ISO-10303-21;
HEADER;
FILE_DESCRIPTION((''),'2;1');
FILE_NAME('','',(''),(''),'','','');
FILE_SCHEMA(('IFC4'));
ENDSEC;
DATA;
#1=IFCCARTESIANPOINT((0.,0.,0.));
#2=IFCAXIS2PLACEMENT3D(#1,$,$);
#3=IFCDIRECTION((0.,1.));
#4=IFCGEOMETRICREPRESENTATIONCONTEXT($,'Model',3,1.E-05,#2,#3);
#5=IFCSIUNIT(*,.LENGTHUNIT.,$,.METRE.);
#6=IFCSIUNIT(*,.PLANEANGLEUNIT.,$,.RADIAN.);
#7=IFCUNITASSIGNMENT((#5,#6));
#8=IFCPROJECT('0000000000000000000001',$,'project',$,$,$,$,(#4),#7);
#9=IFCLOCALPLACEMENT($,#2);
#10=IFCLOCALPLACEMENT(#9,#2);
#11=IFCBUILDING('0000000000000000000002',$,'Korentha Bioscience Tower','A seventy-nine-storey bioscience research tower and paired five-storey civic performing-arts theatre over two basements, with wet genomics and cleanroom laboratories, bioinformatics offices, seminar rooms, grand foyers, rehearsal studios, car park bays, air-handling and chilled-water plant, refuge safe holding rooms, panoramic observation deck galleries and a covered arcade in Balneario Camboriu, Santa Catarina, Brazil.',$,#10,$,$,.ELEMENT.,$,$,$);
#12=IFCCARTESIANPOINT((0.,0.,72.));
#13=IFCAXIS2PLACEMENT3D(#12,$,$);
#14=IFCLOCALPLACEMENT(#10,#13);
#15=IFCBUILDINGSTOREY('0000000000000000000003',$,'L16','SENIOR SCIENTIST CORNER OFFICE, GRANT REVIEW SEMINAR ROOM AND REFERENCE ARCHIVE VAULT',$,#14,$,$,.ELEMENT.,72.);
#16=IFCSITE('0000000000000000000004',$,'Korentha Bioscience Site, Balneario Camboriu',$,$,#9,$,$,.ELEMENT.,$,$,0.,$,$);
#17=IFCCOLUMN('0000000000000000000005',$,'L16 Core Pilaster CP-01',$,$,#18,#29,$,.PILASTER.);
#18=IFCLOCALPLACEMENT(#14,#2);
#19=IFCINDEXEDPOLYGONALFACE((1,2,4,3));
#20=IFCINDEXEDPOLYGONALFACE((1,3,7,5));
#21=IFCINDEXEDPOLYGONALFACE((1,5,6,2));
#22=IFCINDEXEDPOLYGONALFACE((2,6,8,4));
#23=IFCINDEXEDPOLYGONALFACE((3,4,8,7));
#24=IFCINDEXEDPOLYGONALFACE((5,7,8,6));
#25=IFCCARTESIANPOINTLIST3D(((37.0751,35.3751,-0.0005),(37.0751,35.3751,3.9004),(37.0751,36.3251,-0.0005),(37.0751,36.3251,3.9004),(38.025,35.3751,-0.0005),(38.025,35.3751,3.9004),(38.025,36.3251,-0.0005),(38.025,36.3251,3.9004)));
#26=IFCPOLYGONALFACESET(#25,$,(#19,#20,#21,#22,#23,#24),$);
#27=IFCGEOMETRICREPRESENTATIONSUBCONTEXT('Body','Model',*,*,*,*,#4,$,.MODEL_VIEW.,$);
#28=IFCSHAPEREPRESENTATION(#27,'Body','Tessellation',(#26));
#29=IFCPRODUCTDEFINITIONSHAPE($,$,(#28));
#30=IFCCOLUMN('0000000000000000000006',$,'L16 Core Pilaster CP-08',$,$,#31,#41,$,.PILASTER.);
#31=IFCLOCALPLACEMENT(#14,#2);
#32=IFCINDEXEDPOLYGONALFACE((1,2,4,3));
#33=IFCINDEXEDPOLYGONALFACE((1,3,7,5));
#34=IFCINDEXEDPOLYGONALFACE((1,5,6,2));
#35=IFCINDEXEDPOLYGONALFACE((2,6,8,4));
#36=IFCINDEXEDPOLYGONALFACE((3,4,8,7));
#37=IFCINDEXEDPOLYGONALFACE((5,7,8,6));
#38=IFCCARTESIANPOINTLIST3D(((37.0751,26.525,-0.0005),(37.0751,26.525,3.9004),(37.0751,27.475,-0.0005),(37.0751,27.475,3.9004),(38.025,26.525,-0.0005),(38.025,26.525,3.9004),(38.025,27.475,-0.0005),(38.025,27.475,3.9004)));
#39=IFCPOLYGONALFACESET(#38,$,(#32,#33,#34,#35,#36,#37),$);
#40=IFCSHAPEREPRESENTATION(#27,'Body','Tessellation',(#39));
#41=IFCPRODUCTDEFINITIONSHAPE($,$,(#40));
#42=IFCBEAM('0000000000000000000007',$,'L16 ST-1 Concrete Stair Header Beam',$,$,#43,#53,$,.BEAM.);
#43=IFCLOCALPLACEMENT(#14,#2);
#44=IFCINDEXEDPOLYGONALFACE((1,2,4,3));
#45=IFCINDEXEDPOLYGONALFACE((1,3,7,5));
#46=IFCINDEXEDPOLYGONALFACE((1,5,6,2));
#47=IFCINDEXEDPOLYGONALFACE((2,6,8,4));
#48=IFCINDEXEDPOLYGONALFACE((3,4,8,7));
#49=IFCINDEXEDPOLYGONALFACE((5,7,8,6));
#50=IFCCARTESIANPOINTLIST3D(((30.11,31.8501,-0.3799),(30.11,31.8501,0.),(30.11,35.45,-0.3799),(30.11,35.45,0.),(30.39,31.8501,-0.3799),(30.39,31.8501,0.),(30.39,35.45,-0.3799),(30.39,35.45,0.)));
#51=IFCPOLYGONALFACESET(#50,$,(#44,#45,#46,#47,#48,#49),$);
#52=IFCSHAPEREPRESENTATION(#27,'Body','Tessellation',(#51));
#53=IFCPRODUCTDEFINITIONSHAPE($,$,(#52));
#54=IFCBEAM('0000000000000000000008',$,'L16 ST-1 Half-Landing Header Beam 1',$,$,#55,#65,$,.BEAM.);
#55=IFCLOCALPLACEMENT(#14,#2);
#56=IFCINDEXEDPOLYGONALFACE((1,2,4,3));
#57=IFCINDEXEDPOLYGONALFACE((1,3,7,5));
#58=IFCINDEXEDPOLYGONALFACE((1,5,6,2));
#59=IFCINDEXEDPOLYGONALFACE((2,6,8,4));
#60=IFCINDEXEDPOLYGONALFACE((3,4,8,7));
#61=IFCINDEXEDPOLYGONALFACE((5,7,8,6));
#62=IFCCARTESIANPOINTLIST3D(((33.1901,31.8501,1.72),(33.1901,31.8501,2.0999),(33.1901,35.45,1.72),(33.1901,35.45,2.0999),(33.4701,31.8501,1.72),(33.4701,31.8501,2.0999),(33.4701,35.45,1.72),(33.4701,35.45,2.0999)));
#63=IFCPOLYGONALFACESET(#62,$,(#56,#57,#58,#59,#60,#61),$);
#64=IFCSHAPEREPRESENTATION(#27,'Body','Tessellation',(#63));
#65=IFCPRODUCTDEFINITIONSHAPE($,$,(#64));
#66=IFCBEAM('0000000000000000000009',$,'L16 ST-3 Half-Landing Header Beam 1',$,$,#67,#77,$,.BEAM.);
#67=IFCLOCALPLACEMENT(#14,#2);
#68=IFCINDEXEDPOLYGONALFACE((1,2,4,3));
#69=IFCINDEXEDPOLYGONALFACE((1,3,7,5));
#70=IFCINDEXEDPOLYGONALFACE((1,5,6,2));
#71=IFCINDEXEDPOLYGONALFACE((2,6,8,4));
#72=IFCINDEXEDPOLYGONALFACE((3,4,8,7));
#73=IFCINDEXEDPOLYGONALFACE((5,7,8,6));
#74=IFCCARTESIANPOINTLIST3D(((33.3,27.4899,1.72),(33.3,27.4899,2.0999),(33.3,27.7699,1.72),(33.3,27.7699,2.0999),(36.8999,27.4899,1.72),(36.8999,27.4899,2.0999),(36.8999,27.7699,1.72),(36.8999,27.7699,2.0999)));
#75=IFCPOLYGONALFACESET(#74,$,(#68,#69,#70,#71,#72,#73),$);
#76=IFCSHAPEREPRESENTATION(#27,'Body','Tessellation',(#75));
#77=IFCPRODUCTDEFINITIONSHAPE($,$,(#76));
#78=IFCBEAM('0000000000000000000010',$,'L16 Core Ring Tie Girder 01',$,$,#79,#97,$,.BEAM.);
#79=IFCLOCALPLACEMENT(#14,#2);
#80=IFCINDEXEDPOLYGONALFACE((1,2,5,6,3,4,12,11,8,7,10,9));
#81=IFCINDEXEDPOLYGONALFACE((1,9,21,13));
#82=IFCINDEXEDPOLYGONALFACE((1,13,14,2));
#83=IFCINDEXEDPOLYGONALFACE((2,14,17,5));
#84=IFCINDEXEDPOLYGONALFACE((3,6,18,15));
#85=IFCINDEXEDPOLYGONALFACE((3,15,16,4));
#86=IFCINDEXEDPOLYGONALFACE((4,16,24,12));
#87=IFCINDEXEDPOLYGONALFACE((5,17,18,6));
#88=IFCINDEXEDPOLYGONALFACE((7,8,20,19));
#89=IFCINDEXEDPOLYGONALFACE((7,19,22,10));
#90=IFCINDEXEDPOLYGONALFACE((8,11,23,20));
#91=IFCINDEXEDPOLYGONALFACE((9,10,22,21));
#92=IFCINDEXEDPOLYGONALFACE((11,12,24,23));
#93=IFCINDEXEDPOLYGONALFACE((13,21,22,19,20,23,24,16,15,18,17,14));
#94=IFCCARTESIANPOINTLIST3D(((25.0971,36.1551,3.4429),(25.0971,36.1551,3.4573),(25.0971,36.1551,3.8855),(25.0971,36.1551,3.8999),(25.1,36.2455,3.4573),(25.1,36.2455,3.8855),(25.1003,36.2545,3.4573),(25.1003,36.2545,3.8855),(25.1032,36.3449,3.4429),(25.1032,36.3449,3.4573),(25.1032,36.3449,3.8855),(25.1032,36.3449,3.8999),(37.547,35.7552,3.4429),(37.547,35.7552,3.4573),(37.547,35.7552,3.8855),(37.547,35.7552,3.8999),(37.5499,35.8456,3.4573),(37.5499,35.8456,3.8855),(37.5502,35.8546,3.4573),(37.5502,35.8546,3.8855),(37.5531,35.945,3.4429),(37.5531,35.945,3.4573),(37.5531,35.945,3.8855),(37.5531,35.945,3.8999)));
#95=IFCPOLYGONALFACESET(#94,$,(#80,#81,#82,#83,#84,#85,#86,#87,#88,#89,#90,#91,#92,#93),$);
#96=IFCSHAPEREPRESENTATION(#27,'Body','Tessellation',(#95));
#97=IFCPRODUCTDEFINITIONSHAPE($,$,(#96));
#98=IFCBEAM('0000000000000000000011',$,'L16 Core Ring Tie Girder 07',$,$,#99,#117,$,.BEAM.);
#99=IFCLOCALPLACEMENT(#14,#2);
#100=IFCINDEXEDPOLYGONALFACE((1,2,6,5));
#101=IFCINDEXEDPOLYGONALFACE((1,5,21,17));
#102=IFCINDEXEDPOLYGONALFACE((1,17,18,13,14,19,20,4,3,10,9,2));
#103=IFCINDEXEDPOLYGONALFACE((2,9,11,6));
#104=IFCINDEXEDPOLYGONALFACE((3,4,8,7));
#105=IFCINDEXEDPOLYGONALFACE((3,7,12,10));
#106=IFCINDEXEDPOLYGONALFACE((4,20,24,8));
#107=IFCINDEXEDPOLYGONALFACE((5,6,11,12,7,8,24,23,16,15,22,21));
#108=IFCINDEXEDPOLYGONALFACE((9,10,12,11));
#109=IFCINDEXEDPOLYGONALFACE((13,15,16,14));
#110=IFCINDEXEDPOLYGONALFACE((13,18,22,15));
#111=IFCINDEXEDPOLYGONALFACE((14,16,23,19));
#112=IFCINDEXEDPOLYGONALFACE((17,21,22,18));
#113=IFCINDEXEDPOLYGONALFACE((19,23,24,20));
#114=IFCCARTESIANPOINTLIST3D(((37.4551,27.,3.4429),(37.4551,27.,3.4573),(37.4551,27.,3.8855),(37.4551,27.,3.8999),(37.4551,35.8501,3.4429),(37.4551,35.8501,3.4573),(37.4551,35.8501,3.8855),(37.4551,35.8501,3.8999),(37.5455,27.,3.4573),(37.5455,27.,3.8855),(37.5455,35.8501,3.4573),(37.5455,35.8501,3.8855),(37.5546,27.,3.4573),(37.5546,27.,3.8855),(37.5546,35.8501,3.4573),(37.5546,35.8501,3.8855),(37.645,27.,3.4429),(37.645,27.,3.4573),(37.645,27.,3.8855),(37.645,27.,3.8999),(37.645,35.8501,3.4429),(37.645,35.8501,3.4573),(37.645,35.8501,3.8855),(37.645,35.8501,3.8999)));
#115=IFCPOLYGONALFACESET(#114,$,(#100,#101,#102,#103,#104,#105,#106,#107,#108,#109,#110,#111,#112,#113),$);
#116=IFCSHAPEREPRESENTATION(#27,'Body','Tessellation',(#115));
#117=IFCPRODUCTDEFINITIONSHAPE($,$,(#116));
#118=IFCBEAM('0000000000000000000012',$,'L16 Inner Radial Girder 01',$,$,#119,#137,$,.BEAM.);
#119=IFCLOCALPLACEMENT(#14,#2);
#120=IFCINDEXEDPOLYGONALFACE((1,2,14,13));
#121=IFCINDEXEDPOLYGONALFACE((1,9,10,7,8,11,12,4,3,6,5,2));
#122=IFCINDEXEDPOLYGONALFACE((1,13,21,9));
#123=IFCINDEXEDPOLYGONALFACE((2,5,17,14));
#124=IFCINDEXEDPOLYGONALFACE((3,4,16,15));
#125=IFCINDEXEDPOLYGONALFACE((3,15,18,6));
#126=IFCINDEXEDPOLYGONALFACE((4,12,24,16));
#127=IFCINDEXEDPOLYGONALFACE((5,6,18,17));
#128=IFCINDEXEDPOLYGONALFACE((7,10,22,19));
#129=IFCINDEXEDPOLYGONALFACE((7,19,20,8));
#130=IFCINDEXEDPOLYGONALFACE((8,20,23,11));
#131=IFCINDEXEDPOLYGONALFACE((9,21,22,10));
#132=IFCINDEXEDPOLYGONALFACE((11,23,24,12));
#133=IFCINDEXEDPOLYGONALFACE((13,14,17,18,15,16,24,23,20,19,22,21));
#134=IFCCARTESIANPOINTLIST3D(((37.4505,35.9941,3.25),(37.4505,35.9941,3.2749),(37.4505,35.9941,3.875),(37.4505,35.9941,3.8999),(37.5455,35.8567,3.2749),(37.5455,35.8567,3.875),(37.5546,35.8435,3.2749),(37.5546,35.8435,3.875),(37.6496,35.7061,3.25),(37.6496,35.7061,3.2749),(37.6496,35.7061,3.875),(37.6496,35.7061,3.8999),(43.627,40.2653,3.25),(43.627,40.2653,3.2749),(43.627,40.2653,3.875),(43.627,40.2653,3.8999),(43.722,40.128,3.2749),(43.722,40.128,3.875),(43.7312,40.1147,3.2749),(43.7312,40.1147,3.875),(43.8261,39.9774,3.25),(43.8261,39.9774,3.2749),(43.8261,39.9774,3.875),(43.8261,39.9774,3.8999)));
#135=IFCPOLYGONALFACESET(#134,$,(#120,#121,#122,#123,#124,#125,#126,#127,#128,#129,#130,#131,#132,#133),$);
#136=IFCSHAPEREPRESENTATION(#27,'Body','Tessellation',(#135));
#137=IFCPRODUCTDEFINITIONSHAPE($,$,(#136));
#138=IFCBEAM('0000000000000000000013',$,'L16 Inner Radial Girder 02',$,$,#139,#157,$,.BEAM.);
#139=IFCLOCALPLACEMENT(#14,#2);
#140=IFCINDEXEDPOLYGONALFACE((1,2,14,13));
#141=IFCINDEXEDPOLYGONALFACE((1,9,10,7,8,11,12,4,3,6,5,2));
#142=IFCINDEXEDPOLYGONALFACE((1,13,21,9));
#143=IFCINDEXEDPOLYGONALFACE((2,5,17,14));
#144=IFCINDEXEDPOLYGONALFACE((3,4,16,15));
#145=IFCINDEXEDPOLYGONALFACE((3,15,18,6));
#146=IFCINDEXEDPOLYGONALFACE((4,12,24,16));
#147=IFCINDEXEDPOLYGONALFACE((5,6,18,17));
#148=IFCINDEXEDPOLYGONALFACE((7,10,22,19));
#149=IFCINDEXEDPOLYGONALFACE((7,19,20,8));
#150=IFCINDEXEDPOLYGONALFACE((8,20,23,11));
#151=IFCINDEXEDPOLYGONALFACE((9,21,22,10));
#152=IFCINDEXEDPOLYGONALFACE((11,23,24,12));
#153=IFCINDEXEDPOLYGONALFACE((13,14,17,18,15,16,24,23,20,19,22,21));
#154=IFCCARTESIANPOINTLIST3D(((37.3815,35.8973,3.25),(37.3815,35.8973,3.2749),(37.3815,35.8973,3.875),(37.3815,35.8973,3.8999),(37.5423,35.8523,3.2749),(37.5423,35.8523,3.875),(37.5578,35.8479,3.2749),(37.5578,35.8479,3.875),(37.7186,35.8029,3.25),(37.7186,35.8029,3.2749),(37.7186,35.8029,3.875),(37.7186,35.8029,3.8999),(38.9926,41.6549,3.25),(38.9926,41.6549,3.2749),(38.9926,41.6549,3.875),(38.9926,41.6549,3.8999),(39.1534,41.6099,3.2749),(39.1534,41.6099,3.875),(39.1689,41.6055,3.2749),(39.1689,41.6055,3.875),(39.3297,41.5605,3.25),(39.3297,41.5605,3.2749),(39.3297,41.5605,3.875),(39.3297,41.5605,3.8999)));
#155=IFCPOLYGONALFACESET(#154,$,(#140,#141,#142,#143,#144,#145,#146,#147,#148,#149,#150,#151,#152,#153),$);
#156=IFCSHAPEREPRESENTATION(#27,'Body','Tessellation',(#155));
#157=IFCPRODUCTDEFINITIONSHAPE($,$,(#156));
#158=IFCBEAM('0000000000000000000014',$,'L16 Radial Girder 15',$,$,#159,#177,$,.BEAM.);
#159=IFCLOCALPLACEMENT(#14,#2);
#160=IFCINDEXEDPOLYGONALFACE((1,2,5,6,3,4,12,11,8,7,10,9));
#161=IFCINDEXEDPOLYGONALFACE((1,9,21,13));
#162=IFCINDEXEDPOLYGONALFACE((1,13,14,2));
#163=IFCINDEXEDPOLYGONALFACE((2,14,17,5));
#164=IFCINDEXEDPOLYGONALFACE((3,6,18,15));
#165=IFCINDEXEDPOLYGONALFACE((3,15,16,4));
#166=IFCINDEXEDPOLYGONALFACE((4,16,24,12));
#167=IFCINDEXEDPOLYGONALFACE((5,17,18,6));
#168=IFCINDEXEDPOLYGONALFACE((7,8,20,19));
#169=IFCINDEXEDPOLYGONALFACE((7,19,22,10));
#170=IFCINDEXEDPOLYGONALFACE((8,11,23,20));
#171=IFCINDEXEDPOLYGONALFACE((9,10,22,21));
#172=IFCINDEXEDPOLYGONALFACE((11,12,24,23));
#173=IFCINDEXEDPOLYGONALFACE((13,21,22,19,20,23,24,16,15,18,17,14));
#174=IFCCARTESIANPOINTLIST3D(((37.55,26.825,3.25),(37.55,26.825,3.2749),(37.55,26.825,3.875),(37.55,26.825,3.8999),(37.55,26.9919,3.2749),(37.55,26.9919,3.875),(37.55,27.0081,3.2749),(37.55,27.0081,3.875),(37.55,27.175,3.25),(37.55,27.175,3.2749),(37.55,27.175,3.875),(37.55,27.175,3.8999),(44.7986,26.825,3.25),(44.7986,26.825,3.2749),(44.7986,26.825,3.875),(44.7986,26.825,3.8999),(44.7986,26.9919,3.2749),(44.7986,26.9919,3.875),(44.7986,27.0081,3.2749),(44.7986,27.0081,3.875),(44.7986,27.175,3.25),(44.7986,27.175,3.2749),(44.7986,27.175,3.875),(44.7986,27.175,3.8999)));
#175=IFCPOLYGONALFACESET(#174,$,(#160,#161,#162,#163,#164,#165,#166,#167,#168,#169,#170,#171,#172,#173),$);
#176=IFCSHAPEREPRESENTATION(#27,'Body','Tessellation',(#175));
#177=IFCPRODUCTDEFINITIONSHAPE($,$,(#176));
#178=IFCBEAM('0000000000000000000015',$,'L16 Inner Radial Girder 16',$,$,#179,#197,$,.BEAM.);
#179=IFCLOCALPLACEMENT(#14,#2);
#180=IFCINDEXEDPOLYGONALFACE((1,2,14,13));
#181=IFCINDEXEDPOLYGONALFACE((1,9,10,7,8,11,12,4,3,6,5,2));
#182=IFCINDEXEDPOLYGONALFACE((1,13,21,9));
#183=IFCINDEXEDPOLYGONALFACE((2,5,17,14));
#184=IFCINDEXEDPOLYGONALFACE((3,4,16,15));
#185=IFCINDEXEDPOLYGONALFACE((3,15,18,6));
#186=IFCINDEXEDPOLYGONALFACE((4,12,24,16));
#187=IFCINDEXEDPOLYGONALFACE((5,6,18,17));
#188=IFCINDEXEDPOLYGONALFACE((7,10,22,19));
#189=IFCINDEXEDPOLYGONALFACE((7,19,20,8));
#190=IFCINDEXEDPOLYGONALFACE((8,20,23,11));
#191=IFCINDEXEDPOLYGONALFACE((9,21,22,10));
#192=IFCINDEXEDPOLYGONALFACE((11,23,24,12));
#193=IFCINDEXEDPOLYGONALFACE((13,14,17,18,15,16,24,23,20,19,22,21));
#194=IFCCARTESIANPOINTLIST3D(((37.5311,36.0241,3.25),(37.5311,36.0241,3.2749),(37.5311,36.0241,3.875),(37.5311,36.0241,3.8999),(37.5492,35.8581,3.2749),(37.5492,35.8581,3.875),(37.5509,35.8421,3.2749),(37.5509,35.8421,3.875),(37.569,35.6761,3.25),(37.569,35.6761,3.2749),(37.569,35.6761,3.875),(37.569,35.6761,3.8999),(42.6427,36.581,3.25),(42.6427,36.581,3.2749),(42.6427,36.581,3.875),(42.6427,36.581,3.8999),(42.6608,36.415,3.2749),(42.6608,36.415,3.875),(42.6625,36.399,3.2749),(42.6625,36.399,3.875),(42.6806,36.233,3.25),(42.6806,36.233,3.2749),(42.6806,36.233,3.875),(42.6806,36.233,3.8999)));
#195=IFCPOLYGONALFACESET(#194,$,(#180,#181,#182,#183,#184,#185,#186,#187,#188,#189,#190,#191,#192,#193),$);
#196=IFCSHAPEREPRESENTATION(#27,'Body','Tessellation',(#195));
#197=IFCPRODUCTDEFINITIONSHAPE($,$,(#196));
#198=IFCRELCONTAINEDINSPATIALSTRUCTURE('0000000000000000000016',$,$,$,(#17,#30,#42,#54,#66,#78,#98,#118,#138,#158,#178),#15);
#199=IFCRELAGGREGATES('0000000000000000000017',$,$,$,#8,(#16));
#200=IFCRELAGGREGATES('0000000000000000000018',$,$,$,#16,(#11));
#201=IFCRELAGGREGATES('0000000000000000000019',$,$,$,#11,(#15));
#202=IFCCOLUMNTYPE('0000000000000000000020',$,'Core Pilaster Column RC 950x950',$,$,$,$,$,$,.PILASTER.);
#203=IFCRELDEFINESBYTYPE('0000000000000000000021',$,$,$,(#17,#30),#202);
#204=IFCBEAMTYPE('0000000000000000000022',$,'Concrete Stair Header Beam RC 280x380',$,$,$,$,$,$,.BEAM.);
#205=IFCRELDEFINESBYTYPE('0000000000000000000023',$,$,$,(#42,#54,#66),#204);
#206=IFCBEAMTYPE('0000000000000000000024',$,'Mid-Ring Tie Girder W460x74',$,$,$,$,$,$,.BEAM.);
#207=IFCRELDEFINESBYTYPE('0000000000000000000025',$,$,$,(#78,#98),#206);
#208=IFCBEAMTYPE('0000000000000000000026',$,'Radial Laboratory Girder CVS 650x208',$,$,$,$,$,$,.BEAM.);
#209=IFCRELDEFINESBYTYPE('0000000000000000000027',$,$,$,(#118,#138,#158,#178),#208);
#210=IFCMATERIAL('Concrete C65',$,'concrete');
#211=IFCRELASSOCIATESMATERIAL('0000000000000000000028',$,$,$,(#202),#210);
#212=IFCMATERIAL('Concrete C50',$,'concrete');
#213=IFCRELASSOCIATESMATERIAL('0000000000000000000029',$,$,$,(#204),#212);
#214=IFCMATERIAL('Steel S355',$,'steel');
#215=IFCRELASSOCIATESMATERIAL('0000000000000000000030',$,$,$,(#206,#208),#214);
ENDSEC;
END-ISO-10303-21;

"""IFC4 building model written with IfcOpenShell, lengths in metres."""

from ifc_helpers import new_model, si_unit, direction, frame, origin, origin_2d, place, context, subcontext, project, spatial, rectangle, i_section, extrude, material, material_profile, profile_set, type_object, element, save


model = new_model("IFC4")

# Units and contexts
model_context = context("Model", 3, precision=1e-05, world=origin(), true_north=direction((0.0, 1.0)))
body_context = subcontext(model_context, "Body", "Model", "MODEL_VIEW")
ifc_project = project(units=[si_unit("LENGTHUNIT", "METRE"), si_unit("PLANEANGLEUNIT", "RADIAN")], contexts=[model_context])

# Site, building, storey
site_placement = place(None, origin())
site = spatial("IfcSite", under=ifc_project, at=site_placement, Name="Korentha Bioscience Site, Balneario Camboriu", CompositionType="ELEMENT", RefElevation=0.0)
building_placement = place(site_placement, origin())
building = spatial("IfcBuilding", under=site, at=building_placement, Name="Korentha Bioscience Tower", Description="A seventy-nine-storey bioscience research tower and paired five-storey civic performing-arts theatre over two basements, with wet genomics and cleanroom laboratories, bioinformatics offices, seminar rooms, grand foyers, rehearsal studios, car park bays, air-handling and chilled-water plant, refuge safe holding rooms, panoramic observation deck galleries and a covered arcade in Balneario Camboriu, Santa Catarina, Brazil.", CompositionType="ELEMENT")
storey_placement = place(building_placement, frame((0.0, 0.0, 72.0)))
storey = spatial("IfcBuildingStorey", under=building, at=storey_placement, Name="L16", Description="SENIOR SCIENTIST CORNER OFFICE, GRANT REVIEW SEMINAR ROOM AND REFERENCE ARCHIVE VAULT", CompositionType="ELEMENT", Elevation=72.0)

# Columns
ifc_material_1 = material(Name="Concrete C65", Category="concrete")
ifc_material_profile_1 = material_profile(ifc_material_1, rectangle(XDim=0.95, YDim=0.95, at=origin_2d()), Name="Concrete C65")
ifc_profile_set_1 = profile_set([ifc_material_profile_1], Name="Concrete C65 (COL-CP09)")
column_type = type_object("IfcColumnType", Name="Core Pilaster Column RC 950x950", PredefinedType="PILASTER", material=ifc_profile_set_1)
for number, where, z_axis, x_axis, name in (
    (1, (37.55, 35.8501, -0.0005), (0.0, 0.0, 1.0), (1.0, 0.0, 0.0), "L16 Core Pilaster CP-01"),
    (2, (37.55, 27.0, -0.0005), (0.0, 0.0, 1.0), (1.0, 0.0, 0.0), "L16 Core Pilaster CP-08"),
):
    element("IfcColumn", number, at=place(storey_placement, frame(where, z_axis=z_axis, x_axis=x_axis)), inside=storey, type_object=column_type, Name=name, PredefinedType="PILASTER", context=body_context, shape_type="SweptSolid", body=[
        extrude(rectangle(XDim=0.95, YDim=0.95, at=origin_2d()), origin(), (0.0, 0.0, 1.0), 3.9009),
    ])

# Beams
ifc_material_2 = material(Name="Concrete C50", Category="concrete")
ifc_material_profile_2 = material_profile(ifc_material_2, rectangle(XDim=0.28, YDim=0.3799, at=origin_2d()), Name="Concrete C50")
ifc_profile_set_2 = profile_set([ifc_material_profile_2], Name="Concrete C50 (ST-HB380)")
beam_type_1 = type_object("IfcBeamType", Name="Concrete Stair Header Beam RC 280x380", PredefinedType="BEAM", material=ifc_profile_set_2)
for number, where, z_axis, x_axis, name in (
    (3, (30.25, 31.8501, -0.1899), (0.0, 1.0, 0.0), (-1.0, 0.0, 0.0), "L16 ST-1 Concrete Stair Header Beam"),
    (4, (33.3301, 31.8501, 1.9099), (0.0, 1.0, 0.0), (-1.0, 0.0, 0.0), "L16 ST-1 Half-Landing Header Beam 1"),
    (5, (36.8999, 27.6299, 1.9099), (-1.0, 0.0, 0.0), (0.0, -1.0, 0.0), "L16 ST-3 Half-Landing Header Beam 1"),
):
    element("IfcBeam", number, at=place(storey_placement, frame(where, z_axis=z_axis, x_axis=x_axis)), inside=storey, type_object=beam_type_1, Name=name, PredefinedType="BEAM", context=body_context, shape_type="SweptSolid", body=[
        extrude(rectangle(XDim=0.28, YDim=0.3799, at=origin_2d()), origin(), (0.0, 0.0, 1.0), 3.5999),
    ])
ifc_material_3 = material(Name="Steel S355", Category="steel")
ifc_material_profile_3 = material_profile(ifc_material_3, i_section(OverallWidth=0.1899, OverallDepth=0.457, WebThickness=0.009, FlangeThickness=0.0144, at=origin_2d()), Name="Steel S355")
ifc_profile_set_3 = profile_set([ifc_material_profile_3], Name="Steel S355 (MB-460)")
beam_type_2 = type_object("IfcBeamType", Name="Mid-Ring Tie Girder W460x74", PredefinedType="BEAM", material=ifc_profile_set_3)
beam_1_placement = place(storey_placement, frame((37.55, 35.8501, 3.6714), z_axis=(-0.999485, 0.032104, 0.0), x_axis=(-0.032104, -0.999485, 0.0)))
element("IfcBeam", 6, at=beam_1_placement, inside=storey, type_object=beam_type_2, Name="L16 Core Ring Tie Girder 01", PredefinedType="BEAM", context=body_context, shape_type="SweptSolid", body=[
    extrude(i_section(OverallWidth=0.1899, OverallDepth=0.457, WebThickness=0.009, FlangeThickness=0.0144, at=origin_2d()), origin(), (0.0, 0.0, 1.0), 12.4563),
])
beam_2_placement = place(storey_placement, frame((37.55, 27.0, 3.6714), z_axis=(0.0, 1.0, 0.0), x_axis=(-1.0, 0.0, 0.0)))
element("IfcBeam", 7, at=beam_2_placement, inside=storey, type_object=beam_type_2, Name="L16 Core Ring Tie Girder 07", PredefinedType="BEAM", context=body_context, shape_type="SweptSolid", body=[
    extrude(i_section(OverallWidth=0.1899, OverallDepth=0.457, WebThickness=0.009, FlangeThickness=0.0144, at=origin_2d()), origin(), (0.0, 0.0, 1.0), 8.8501),
])
ifc_material_profile_4 = material_profile(ifc_material_3, i_section(OverallWidth=0.3501, OverallDepth=0.6499, WebThickness=0.0161, FlangeThickness=0.0249, at=origin_2d()), Name="Steel S355")
ifc_profile_set_4 = profile_set([ifc_material_profile_4], Name="Steel S355 (RB-650)")
beam_type_3 = type_object("IfcBeamType", Name="Radial Laboratory Girder CVS 650x208", PredefinedType="BEAM", material=ifc_profile_set_4)
beam_3_placement = place(storey_placement, frame((37.55, 35.8501, 3.575), z_axis=(0.822492, 0.568777, 0.0), x_axis=(-0.568777, 0.822492, 0.0)))
element("IfcBeam", 8, at=beam_3_placement, inside=storey, type_object=beam_type_3, Name="L16 Inner Radial Girder 01", PredefinedType="BEAM", context=body_context, shape_type="SweptSolid", body=[
    extrude(i_section(OverallWidth=0.3501, OverallDepth=0.6499, WebThickness=0.0161, FlangeThickness=0.0249, at=origin_2d()), origin(), (0.0, 0.0, 1.0), 7.5095),
])
beam_4_placement = place(storey_placement, frame((37.55, 35.8501, 3.575), z_axis=(0.269469, 0.963009, 0.0), x_axis=(-0.963009, 0.269469, 0.0)))
element("IfcBeam", 9, at=beam_4_placement, inside=storey, type_object=beam_type_3, Name="L16 Inner Radial Girder 02", PredefinedType="BEAM", context=body_context, shape_type="SweptSolid", body=[
    extrude(i_section(OverallWidth=0.3501, OverallDepth=0.6499, WebThickness=0.0161, FlangeThickness=0.0249, at=origin_2d()), origin(), (0.0, 0.0, 1.0), 5.9788),
])
beam_5_placement = place(storey_placement, frame((37.55, 27.0, 3.575), z_axis=(1.0, 0.0, 0.0), x_axis=(0.0, 1.0, 0.0)))
element("IfcBeam", 10, at=beam_5_placement, inside=storey, type_object=beam_type_3, Name="L16 Radial Girder 15", PredefinedType="BEAM", context=body_context, shape_type="SweptSolid", body=[
    extrude(i_section(OverallWidth=0.3501, OverallDepth=0.6499, WebThickness=0.0161, FlangeThickness=0.0249, at=origin_2d()), origin(), (0.0, 0.0, 1.0), 7.2485),
])
beam_6_placement = place(storey_placement, frame((37.55, 35.8501, 3.575), z_axis=(0.994118, 0.108305, 0.0), x_axis=(-0.108305, 0.994118, 0.0)))
element("IfcBeam", 11, at=beam_6_placement, inside=storey, type_object=beam_type_3, Name="L16 Inner Radial Girder 16", PredefinedType="BEAM", context=body_context, shape_type="SweptSolid", body=[
    extrude(i_section(OverallWidth=0.3501, OverallDepth=0.6499, WebThickness=0.0161, FlangeThickness=0.0249, at=origin_2d()), origin(), (0.0, 0.0, 1.0), 5.1418),
])

save(model, "model.ifc")
